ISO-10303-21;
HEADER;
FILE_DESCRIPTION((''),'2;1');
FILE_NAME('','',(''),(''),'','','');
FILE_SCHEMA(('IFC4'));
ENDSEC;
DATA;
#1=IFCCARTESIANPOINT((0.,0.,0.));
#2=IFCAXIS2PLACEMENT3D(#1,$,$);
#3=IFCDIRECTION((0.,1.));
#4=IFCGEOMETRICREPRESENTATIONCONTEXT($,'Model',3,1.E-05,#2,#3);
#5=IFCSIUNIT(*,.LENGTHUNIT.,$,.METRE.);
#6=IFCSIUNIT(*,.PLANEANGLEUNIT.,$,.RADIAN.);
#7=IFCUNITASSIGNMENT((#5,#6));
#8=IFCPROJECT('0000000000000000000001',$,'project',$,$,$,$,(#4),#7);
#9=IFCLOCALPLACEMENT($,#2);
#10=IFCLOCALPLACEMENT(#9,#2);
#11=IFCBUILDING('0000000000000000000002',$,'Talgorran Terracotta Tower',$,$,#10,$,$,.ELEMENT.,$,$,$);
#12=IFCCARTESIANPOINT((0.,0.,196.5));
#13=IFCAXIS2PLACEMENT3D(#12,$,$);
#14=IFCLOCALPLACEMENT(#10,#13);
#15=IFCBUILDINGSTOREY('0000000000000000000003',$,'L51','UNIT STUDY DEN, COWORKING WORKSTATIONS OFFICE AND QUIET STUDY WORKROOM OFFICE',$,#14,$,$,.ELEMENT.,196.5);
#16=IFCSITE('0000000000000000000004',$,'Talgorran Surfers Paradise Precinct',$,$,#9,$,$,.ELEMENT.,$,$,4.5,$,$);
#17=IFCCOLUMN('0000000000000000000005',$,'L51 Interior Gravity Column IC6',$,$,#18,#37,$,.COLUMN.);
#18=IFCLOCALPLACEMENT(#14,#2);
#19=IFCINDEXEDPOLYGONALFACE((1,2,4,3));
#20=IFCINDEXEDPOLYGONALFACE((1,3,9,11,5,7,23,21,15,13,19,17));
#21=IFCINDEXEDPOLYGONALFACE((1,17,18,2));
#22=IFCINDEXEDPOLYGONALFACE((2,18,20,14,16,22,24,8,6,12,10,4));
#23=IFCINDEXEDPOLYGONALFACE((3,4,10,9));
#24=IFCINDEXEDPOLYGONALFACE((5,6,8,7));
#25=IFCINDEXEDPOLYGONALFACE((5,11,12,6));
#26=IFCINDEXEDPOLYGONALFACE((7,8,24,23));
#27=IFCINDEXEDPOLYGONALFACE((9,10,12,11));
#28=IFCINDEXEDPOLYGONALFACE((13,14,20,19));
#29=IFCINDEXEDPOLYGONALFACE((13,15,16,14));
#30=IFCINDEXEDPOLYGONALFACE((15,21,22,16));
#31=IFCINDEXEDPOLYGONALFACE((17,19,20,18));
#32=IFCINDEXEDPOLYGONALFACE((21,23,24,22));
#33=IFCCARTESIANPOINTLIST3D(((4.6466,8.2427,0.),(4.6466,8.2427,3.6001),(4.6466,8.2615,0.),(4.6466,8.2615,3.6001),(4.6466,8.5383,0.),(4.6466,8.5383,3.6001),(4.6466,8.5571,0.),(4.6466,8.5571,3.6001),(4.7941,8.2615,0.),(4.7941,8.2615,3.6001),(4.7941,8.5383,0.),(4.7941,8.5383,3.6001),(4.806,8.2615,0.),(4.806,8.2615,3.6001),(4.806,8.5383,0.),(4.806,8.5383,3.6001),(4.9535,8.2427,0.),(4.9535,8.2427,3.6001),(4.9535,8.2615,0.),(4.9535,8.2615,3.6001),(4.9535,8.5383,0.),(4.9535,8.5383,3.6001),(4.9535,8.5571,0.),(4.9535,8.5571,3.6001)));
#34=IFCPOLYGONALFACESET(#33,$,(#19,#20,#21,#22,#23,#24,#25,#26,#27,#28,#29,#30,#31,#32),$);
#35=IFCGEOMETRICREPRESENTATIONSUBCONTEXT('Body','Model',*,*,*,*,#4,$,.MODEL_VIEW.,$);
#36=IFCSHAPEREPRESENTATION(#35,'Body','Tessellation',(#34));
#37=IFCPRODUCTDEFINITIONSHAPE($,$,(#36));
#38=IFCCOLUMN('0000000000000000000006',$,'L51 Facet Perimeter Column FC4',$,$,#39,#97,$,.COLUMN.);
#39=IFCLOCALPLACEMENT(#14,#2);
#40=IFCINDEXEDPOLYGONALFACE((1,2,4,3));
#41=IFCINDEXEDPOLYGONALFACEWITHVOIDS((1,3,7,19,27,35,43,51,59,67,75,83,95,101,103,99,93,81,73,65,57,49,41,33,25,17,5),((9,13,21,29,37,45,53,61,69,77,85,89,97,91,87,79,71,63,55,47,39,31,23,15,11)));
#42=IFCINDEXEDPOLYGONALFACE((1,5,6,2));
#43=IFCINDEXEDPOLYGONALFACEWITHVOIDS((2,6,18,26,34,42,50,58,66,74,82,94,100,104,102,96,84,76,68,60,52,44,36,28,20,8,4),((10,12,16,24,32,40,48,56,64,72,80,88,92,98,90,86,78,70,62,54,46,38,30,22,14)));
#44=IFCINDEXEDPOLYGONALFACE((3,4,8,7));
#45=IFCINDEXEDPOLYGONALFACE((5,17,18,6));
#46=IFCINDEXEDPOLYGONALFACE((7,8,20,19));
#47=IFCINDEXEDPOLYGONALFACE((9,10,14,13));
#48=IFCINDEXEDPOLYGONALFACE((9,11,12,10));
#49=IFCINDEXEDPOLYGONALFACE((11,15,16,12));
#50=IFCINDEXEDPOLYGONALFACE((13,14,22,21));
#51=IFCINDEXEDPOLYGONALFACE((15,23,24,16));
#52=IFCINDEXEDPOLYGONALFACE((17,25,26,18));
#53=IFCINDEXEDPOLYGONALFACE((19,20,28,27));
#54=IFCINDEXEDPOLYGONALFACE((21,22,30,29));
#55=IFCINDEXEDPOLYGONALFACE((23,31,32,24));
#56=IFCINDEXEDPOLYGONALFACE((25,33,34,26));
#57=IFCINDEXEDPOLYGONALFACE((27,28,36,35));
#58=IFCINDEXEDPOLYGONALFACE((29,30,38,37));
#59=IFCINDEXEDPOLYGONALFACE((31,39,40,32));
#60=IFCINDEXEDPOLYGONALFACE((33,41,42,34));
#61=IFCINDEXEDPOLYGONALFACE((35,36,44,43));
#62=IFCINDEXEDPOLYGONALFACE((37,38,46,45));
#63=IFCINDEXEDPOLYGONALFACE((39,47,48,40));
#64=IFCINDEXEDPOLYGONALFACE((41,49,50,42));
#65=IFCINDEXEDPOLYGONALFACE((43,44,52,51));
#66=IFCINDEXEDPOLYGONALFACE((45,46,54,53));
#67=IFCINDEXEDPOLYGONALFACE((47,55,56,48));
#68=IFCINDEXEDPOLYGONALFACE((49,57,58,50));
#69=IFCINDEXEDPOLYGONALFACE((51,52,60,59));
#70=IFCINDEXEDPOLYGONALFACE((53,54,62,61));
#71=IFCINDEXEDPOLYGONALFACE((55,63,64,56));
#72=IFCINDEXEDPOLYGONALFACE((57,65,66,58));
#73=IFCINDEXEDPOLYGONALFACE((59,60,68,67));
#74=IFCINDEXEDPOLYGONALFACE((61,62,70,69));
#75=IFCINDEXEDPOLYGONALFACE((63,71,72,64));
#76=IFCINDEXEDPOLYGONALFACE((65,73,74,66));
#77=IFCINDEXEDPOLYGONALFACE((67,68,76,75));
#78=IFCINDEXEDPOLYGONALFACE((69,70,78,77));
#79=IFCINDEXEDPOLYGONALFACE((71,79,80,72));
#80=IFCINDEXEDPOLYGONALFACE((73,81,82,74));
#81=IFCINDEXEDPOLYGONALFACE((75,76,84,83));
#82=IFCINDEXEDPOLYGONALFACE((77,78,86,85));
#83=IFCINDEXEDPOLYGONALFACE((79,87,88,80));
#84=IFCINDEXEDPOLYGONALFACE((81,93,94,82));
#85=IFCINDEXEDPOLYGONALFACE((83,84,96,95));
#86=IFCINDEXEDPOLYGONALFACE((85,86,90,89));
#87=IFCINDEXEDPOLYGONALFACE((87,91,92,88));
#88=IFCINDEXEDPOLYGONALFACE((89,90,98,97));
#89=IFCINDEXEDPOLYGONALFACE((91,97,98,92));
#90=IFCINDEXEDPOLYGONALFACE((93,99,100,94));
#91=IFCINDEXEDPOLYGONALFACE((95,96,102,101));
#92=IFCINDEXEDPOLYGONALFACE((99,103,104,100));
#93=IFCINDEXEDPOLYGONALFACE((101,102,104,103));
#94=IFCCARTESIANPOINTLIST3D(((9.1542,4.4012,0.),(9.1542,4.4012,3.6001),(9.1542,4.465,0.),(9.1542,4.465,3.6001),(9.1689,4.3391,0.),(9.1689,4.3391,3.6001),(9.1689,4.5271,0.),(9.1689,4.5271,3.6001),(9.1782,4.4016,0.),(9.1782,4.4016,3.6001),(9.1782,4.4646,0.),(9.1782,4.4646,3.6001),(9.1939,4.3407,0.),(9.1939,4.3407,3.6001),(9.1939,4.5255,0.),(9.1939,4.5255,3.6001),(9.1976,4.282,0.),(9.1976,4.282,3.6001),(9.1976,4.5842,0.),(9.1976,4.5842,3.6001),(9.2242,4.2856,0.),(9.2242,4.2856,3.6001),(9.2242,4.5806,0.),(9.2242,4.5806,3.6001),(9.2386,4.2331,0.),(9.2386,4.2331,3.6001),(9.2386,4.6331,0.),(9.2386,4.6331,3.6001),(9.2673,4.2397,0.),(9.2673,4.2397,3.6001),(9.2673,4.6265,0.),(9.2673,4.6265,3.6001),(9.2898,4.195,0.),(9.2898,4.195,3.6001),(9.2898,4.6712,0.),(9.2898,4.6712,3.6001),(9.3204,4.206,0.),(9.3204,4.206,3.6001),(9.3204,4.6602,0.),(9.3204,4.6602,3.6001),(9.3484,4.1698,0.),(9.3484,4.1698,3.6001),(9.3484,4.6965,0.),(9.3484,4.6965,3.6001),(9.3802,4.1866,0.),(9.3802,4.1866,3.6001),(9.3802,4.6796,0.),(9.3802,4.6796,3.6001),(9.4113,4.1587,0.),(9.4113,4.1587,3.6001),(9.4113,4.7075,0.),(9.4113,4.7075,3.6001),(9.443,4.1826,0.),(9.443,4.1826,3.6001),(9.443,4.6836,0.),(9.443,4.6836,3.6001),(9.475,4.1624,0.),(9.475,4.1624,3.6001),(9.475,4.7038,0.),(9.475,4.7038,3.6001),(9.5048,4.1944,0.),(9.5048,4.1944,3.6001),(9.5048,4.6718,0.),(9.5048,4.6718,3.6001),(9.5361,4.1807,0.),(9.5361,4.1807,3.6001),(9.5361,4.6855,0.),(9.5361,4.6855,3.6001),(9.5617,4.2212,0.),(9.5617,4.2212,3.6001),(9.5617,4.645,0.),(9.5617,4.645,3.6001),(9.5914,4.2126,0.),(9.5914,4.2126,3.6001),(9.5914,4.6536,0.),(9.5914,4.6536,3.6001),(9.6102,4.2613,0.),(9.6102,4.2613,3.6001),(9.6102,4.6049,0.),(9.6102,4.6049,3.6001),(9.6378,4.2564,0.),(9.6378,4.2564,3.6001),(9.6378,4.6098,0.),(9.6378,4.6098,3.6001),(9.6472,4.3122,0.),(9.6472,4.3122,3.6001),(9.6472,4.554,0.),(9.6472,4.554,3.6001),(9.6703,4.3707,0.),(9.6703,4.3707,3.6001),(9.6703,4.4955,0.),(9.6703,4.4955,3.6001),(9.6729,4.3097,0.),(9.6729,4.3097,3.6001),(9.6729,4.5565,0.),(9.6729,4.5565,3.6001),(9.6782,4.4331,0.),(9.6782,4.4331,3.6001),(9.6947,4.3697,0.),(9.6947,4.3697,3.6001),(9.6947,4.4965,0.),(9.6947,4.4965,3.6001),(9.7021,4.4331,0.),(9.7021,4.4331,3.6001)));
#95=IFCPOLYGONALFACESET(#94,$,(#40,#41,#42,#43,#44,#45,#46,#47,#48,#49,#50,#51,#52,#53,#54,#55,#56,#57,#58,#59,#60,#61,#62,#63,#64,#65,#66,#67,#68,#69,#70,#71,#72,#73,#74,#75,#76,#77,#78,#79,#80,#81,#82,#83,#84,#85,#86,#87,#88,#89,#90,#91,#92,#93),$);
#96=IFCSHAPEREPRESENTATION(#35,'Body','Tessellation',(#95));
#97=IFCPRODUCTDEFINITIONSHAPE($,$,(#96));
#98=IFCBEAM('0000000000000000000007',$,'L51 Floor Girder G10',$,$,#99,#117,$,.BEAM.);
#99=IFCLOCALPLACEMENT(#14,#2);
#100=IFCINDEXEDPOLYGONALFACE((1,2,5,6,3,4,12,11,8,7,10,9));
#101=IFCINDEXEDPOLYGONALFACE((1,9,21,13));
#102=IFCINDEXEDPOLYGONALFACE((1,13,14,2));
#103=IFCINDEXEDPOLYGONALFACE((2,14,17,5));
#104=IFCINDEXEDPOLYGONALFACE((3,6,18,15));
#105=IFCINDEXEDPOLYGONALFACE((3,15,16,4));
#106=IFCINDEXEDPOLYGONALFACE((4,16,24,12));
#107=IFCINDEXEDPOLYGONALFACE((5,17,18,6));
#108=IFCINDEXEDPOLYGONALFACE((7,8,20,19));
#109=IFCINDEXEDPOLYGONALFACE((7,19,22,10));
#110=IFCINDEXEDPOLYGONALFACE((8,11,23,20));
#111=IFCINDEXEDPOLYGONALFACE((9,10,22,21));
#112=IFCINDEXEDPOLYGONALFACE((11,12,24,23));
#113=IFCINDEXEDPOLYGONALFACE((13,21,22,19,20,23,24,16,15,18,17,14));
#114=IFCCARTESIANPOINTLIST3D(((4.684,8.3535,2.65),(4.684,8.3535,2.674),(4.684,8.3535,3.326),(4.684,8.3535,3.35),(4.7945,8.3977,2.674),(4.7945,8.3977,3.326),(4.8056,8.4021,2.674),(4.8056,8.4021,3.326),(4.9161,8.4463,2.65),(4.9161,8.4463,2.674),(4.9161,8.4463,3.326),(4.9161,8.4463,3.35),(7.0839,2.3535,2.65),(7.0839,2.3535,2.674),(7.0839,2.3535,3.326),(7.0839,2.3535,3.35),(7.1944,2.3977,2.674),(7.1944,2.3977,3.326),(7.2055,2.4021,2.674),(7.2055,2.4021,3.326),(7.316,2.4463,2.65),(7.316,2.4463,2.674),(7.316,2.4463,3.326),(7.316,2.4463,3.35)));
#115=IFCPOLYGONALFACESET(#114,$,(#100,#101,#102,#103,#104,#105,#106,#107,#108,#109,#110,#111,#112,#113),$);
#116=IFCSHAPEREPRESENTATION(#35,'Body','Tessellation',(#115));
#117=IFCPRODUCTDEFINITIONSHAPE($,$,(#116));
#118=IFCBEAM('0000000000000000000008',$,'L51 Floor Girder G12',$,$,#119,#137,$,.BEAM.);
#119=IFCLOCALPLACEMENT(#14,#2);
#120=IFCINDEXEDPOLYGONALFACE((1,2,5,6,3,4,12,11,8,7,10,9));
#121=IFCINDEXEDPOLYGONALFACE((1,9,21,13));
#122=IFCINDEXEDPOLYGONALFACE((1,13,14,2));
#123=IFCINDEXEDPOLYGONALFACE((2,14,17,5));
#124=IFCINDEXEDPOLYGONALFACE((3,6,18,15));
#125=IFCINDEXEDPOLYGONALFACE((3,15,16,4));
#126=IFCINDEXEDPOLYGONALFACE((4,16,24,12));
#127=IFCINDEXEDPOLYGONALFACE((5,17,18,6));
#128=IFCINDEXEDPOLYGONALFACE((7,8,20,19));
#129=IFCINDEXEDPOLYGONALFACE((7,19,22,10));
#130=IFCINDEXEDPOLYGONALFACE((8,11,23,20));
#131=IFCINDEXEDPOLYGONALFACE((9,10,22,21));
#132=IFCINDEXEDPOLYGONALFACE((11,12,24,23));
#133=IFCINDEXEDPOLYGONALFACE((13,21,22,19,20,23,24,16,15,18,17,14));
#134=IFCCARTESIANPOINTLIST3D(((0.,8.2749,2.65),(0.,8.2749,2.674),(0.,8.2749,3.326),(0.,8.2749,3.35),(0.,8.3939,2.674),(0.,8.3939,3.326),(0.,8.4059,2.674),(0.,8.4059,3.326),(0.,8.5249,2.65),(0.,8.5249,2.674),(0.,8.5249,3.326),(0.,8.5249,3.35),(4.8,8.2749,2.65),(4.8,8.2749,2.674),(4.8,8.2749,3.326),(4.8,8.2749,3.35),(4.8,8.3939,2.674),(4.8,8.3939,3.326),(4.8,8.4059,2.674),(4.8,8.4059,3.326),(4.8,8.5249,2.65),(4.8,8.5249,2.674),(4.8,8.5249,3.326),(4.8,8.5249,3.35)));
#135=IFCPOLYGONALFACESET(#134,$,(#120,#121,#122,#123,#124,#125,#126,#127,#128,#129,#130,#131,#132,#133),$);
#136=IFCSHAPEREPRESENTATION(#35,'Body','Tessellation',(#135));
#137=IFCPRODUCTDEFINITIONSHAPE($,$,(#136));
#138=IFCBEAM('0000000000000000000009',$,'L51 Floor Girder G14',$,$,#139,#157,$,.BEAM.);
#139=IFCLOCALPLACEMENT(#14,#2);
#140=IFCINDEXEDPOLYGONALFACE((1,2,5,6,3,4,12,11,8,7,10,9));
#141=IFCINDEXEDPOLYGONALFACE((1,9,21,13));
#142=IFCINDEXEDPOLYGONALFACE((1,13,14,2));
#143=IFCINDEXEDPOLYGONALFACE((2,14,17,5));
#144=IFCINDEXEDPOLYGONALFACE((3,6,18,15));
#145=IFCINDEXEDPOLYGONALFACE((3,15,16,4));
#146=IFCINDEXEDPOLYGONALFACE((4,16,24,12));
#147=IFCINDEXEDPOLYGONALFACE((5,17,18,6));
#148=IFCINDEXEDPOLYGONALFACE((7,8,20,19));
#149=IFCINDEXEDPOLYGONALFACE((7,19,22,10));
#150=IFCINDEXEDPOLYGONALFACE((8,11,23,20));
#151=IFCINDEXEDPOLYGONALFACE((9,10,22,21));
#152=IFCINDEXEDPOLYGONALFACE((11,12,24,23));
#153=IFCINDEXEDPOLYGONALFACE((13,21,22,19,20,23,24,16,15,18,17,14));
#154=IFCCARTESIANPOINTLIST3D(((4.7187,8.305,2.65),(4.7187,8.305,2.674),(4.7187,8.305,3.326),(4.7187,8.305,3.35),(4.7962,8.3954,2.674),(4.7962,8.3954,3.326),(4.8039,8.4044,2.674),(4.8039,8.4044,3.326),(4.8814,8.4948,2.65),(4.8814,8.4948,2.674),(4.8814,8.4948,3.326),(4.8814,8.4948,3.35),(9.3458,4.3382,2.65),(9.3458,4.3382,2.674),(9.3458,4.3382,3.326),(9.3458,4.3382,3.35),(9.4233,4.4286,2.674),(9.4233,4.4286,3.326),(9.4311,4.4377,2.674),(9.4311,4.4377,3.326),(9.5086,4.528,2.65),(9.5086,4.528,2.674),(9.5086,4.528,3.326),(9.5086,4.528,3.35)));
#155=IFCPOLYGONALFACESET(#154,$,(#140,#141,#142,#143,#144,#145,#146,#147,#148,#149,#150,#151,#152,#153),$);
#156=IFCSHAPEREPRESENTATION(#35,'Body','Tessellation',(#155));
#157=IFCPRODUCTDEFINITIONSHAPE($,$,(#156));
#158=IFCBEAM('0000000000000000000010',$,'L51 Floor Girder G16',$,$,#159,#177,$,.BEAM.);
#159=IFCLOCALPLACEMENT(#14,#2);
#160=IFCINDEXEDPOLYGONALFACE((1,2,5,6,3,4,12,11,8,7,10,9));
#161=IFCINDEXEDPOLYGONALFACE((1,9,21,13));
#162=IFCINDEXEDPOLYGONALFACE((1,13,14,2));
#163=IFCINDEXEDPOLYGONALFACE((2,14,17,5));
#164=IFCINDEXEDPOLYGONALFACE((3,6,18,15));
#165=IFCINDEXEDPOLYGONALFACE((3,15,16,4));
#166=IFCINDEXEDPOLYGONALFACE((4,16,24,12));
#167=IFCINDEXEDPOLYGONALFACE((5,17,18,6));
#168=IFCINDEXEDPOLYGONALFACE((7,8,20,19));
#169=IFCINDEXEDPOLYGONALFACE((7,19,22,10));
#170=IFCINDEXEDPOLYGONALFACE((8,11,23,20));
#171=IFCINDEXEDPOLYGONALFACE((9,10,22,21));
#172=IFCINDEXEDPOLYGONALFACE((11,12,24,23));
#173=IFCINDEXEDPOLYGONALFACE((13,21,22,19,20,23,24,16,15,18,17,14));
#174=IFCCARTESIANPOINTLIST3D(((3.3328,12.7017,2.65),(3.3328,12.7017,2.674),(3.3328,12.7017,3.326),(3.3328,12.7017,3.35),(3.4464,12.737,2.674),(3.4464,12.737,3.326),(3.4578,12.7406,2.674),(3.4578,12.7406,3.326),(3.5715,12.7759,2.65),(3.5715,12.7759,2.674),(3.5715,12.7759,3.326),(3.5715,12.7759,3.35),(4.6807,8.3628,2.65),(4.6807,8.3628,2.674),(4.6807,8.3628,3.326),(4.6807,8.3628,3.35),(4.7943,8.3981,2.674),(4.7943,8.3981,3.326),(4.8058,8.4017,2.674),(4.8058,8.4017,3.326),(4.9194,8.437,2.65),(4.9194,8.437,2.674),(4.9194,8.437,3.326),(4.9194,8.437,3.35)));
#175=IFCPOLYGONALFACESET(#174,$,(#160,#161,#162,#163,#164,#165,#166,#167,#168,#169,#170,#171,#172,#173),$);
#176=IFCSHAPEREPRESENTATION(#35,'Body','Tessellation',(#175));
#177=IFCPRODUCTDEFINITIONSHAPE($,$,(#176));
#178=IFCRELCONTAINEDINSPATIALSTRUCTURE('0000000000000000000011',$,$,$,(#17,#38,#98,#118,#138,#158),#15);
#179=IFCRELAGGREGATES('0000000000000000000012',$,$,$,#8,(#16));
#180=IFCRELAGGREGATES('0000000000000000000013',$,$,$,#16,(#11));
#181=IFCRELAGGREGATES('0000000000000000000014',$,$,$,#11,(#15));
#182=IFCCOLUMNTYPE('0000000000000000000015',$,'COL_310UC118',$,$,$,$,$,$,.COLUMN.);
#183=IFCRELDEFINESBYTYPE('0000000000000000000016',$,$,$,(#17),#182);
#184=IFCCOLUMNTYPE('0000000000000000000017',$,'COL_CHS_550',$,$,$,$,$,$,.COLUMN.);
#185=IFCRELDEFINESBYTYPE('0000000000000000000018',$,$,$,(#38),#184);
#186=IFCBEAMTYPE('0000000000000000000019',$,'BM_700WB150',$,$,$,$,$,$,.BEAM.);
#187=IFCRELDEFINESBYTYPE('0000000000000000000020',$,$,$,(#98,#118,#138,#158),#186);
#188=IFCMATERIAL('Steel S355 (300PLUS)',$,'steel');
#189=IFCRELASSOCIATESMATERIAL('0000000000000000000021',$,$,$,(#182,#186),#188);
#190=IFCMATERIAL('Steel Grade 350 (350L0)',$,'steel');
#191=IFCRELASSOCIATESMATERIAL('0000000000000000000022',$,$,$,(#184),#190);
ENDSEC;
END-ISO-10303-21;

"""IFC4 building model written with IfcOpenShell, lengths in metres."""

from ifc_helpers import new_model, si_unit, direction, frame, origin, origin_2d, place, context, subcontext, project, spatial, hollow_circle, i_section, extrude, material, material_profile, profile_set, type_object, element, save


model = new_model("IFC4")

# Units and contexts
model_context = context("Model", 3, precision=1e-05, world=origin(), true_north=direction((0.0, 1.0)))
body_context = subcontext(model_context, "Body", "Model", "MODEL_VIEW")
ifc_project = project(units=[si_unit("LENGTHUNIT", "METRE"), si_unit("PLANEANGLEUNIT", "RADIAN")], contexts=[model_context])

# Site, building, storey
site_placement = place(None, origin())
site = spatial("IfcSite", under=ifc_project, at=site_placement, Name="Talgorran Surfers Paradise Precinct", CompositionType="ELEMENT", RefElevation=4.5)
building_placement = place(site_placement, origin())
building = spatial("IfcBuilding", under=site, at=building_placement, Name="Talgorran Terracotta Tower", CompositionType="ELEMENT")
storey_placement = place(building_placement, frame((0.0, 0.0, 196.5)))
storey = spatial("IfcBuildingStorey", under=building, at=storey_placement, Name="L51", Description="UNIT STUDY DEN, COWORKING WORKSTATIONS OFFICE AND QUIET STUDY WORKROOM OFFICE", CompositionType="ELEMENT", Elevation=196.5)

# Columns
ifc_material_1 = material(Name="Steel S355 (300PLUS)", Category="steel")
ifc_material_profile_1 = material_profile(ifc_material_1, i_section(OverallWidth=0.3069, OverallDepth=0.3145, WebThickness=0.012, FlangeThickness=0.0188, at=origin_2d()), Name="310UC118")
ifc_profile_set_1 = profile_set([ifc_material_profile_1], Name="Steel S355 (300PLUS)")
column_type_1 = type_object("IfcColumnType", Name="COL_310UC118", PredefinedType="COLUMN", material=ifc_profile_set_1)
column_1_placement = place(storey_placement, frame((4.8, 8.3999, 0.0), z_axis=(0.0, 0.0, 1.0), x_axis=(1.0, 0.0, 0.0)))
element("IfcColumn", 1, at=column_1_placement, inside=storey, type_object=column_type_1, Name="L51 Interior Gravity Column IC6", PredefinedType="COLUMN", context=body_context, shape_type="SweptSolid", body=[
    extrude(i_section(OverallWidth=0.3069, OverallDepth=0.3145, WebThickness=0.012, FlangeThickness=0.0188, at=origin_2d()), origin(), (0.0, 0.0, 1.0), 3.6001),
])
ifc_material_2 = material(Name="Steel Grade 350 (350L0)", Category="steel")
ifc_material_profile_2 = material_profile(ifc_material_2, hollow_circle(Radius=0.2749, WallThickness=0.0239, at=origin_2d()), Name="CHS550X24")
ifc_profile_set_2 = profile_set([ifc_material_profile_2], Name="Steel Grade 350 (350L0)")
column_type_2 = type_object("IfcColumnType", Name="COL_CHS_550", PredefinedType="COLUMN", material=ifc_profile_set_2)
column_2_placement = place(storey_placement, frame((9.4272, 4.4331, 0.0), z_axis=(0.0, 0.0, 1.0), x_axis=(1.0, 0.0, 0.0)))
element("IfcColumn", 2, at=column_2_placement, inside=storey, type_object=column_type_2, Name="L51 Facet Perimeter Column FC4", PredefinedType="COLUMN", context=body_context, shape_type="SweptSolid", body=[
    extrude(hollow_circle(Radius=0.2749, WallThickness=0.0239, at=origin_2d()), origin(), (0.0, 0.0, 1.0), 3.6001),
])

# Beams
ifc_material_profile_3 = material_profile(ifc_material_1, i_section(OverallWidth=0.25, OverallDepth=0.7, WebThickness=0.012, FlangeThickness=0.0239, at=origin_2d()), Name="700WB150")
ifc_profile_set_3 = profile_set([ifc_material_profile_3], Name="Steel S355 (300PLUS)")
beam_type_1 = type_object("IfcBeamType", Name="BM_700WB150", PredefinedType="BEAM", material=ifc_profile_set_3)
beam_1_placement = place(storey_placement, frame((7.2, 2.3999, 3.0), z_axis=(-0.371378, 0.928482, 0.0), x_axis=(-0.928482, -0.371378, 0.0)))
element("IfcBeam", 3, at=beam_1_placement, inside=storey, type_object=beam_type_1, Name="L51 Floor Girder G10", PredefinedType="BEAM", context=body_context, shape_type="SweptSolid", body=[
    extrude(i_section(OverallWidth=0.25, OverallDepth=0.7, WebThickness=0.012, FlangeThickness=0.0239, at=origin_2d()), origin(), (0.0, 0.0, 1.0), 6.4622),
])
beam_2_placement = place(storey_placement, frame((0.0, 8.3999, 3.0), z_axis=(1.0, 0.0, 0.0), x_axis=(0.0, 1.0, 0.0)))
element("IfcBeam", 4, at=beam_2_placement, inside=storey, type_object=beam_type_1, Name="L51 Floor Girder G12", PredefinedType="BEAM", context=body_context, shape_type="SweptSolid", body=[
    extrude(i_section(OverallWidth=0.25, OverallDepth=0.7, WebThickness=0.012, FlangeThickness=0.0239, at=origin_2d()), origin(), (0.0, 0.0, 1.0), 4.8),
])
beam_3_placement = place(storey_placement, frame((4.8, 8.3999, 3.0), z_axis=(0.759206, -0.650851, 0.0), x_axis=(0.650851, 0.759206, 0.0)))
element("IfcBeam", 5, at=beam_3_placement, inside=storey, type_object=beam_type_1, Name="L51 Floor Girder G14", PredefinedType="BEAM", context=body_context, shape_type="SweptSolid", body=[
    extrude(i_section(OverallWidth=0.25, OverallDepth=0.7, WebThickness=0.012, FlangeThickness=0.0239, at=origin_2d()), origin(), (0.0, 0.0, 1.0), 6.0947),
])
beam_4_placement = place(storey_placement, frame((4.8, 8.3999, 3.0), z_axis=(-0.296671, 0.95498, 0.0), x_axis=(-0.95498, -0.296671, 0.0)))
element("IfcBeam", 6, at=beam_4_placement, inside=storey, type_object=beam_type_1, Name="L51 Floor Girder G16", PredefinedType="BEAM", context=body_context, shape_type="SweptSolid", body=[
    extrude(i_section(OverallWidth=0.25, OverallDepth=0.7, WebThickness=0.012, FlangeThickness=0.0239, at=origin_2d()), origin(), (0.0, 0.0, 1.0), 4.5435),
])

save(model, "model.ifc")
